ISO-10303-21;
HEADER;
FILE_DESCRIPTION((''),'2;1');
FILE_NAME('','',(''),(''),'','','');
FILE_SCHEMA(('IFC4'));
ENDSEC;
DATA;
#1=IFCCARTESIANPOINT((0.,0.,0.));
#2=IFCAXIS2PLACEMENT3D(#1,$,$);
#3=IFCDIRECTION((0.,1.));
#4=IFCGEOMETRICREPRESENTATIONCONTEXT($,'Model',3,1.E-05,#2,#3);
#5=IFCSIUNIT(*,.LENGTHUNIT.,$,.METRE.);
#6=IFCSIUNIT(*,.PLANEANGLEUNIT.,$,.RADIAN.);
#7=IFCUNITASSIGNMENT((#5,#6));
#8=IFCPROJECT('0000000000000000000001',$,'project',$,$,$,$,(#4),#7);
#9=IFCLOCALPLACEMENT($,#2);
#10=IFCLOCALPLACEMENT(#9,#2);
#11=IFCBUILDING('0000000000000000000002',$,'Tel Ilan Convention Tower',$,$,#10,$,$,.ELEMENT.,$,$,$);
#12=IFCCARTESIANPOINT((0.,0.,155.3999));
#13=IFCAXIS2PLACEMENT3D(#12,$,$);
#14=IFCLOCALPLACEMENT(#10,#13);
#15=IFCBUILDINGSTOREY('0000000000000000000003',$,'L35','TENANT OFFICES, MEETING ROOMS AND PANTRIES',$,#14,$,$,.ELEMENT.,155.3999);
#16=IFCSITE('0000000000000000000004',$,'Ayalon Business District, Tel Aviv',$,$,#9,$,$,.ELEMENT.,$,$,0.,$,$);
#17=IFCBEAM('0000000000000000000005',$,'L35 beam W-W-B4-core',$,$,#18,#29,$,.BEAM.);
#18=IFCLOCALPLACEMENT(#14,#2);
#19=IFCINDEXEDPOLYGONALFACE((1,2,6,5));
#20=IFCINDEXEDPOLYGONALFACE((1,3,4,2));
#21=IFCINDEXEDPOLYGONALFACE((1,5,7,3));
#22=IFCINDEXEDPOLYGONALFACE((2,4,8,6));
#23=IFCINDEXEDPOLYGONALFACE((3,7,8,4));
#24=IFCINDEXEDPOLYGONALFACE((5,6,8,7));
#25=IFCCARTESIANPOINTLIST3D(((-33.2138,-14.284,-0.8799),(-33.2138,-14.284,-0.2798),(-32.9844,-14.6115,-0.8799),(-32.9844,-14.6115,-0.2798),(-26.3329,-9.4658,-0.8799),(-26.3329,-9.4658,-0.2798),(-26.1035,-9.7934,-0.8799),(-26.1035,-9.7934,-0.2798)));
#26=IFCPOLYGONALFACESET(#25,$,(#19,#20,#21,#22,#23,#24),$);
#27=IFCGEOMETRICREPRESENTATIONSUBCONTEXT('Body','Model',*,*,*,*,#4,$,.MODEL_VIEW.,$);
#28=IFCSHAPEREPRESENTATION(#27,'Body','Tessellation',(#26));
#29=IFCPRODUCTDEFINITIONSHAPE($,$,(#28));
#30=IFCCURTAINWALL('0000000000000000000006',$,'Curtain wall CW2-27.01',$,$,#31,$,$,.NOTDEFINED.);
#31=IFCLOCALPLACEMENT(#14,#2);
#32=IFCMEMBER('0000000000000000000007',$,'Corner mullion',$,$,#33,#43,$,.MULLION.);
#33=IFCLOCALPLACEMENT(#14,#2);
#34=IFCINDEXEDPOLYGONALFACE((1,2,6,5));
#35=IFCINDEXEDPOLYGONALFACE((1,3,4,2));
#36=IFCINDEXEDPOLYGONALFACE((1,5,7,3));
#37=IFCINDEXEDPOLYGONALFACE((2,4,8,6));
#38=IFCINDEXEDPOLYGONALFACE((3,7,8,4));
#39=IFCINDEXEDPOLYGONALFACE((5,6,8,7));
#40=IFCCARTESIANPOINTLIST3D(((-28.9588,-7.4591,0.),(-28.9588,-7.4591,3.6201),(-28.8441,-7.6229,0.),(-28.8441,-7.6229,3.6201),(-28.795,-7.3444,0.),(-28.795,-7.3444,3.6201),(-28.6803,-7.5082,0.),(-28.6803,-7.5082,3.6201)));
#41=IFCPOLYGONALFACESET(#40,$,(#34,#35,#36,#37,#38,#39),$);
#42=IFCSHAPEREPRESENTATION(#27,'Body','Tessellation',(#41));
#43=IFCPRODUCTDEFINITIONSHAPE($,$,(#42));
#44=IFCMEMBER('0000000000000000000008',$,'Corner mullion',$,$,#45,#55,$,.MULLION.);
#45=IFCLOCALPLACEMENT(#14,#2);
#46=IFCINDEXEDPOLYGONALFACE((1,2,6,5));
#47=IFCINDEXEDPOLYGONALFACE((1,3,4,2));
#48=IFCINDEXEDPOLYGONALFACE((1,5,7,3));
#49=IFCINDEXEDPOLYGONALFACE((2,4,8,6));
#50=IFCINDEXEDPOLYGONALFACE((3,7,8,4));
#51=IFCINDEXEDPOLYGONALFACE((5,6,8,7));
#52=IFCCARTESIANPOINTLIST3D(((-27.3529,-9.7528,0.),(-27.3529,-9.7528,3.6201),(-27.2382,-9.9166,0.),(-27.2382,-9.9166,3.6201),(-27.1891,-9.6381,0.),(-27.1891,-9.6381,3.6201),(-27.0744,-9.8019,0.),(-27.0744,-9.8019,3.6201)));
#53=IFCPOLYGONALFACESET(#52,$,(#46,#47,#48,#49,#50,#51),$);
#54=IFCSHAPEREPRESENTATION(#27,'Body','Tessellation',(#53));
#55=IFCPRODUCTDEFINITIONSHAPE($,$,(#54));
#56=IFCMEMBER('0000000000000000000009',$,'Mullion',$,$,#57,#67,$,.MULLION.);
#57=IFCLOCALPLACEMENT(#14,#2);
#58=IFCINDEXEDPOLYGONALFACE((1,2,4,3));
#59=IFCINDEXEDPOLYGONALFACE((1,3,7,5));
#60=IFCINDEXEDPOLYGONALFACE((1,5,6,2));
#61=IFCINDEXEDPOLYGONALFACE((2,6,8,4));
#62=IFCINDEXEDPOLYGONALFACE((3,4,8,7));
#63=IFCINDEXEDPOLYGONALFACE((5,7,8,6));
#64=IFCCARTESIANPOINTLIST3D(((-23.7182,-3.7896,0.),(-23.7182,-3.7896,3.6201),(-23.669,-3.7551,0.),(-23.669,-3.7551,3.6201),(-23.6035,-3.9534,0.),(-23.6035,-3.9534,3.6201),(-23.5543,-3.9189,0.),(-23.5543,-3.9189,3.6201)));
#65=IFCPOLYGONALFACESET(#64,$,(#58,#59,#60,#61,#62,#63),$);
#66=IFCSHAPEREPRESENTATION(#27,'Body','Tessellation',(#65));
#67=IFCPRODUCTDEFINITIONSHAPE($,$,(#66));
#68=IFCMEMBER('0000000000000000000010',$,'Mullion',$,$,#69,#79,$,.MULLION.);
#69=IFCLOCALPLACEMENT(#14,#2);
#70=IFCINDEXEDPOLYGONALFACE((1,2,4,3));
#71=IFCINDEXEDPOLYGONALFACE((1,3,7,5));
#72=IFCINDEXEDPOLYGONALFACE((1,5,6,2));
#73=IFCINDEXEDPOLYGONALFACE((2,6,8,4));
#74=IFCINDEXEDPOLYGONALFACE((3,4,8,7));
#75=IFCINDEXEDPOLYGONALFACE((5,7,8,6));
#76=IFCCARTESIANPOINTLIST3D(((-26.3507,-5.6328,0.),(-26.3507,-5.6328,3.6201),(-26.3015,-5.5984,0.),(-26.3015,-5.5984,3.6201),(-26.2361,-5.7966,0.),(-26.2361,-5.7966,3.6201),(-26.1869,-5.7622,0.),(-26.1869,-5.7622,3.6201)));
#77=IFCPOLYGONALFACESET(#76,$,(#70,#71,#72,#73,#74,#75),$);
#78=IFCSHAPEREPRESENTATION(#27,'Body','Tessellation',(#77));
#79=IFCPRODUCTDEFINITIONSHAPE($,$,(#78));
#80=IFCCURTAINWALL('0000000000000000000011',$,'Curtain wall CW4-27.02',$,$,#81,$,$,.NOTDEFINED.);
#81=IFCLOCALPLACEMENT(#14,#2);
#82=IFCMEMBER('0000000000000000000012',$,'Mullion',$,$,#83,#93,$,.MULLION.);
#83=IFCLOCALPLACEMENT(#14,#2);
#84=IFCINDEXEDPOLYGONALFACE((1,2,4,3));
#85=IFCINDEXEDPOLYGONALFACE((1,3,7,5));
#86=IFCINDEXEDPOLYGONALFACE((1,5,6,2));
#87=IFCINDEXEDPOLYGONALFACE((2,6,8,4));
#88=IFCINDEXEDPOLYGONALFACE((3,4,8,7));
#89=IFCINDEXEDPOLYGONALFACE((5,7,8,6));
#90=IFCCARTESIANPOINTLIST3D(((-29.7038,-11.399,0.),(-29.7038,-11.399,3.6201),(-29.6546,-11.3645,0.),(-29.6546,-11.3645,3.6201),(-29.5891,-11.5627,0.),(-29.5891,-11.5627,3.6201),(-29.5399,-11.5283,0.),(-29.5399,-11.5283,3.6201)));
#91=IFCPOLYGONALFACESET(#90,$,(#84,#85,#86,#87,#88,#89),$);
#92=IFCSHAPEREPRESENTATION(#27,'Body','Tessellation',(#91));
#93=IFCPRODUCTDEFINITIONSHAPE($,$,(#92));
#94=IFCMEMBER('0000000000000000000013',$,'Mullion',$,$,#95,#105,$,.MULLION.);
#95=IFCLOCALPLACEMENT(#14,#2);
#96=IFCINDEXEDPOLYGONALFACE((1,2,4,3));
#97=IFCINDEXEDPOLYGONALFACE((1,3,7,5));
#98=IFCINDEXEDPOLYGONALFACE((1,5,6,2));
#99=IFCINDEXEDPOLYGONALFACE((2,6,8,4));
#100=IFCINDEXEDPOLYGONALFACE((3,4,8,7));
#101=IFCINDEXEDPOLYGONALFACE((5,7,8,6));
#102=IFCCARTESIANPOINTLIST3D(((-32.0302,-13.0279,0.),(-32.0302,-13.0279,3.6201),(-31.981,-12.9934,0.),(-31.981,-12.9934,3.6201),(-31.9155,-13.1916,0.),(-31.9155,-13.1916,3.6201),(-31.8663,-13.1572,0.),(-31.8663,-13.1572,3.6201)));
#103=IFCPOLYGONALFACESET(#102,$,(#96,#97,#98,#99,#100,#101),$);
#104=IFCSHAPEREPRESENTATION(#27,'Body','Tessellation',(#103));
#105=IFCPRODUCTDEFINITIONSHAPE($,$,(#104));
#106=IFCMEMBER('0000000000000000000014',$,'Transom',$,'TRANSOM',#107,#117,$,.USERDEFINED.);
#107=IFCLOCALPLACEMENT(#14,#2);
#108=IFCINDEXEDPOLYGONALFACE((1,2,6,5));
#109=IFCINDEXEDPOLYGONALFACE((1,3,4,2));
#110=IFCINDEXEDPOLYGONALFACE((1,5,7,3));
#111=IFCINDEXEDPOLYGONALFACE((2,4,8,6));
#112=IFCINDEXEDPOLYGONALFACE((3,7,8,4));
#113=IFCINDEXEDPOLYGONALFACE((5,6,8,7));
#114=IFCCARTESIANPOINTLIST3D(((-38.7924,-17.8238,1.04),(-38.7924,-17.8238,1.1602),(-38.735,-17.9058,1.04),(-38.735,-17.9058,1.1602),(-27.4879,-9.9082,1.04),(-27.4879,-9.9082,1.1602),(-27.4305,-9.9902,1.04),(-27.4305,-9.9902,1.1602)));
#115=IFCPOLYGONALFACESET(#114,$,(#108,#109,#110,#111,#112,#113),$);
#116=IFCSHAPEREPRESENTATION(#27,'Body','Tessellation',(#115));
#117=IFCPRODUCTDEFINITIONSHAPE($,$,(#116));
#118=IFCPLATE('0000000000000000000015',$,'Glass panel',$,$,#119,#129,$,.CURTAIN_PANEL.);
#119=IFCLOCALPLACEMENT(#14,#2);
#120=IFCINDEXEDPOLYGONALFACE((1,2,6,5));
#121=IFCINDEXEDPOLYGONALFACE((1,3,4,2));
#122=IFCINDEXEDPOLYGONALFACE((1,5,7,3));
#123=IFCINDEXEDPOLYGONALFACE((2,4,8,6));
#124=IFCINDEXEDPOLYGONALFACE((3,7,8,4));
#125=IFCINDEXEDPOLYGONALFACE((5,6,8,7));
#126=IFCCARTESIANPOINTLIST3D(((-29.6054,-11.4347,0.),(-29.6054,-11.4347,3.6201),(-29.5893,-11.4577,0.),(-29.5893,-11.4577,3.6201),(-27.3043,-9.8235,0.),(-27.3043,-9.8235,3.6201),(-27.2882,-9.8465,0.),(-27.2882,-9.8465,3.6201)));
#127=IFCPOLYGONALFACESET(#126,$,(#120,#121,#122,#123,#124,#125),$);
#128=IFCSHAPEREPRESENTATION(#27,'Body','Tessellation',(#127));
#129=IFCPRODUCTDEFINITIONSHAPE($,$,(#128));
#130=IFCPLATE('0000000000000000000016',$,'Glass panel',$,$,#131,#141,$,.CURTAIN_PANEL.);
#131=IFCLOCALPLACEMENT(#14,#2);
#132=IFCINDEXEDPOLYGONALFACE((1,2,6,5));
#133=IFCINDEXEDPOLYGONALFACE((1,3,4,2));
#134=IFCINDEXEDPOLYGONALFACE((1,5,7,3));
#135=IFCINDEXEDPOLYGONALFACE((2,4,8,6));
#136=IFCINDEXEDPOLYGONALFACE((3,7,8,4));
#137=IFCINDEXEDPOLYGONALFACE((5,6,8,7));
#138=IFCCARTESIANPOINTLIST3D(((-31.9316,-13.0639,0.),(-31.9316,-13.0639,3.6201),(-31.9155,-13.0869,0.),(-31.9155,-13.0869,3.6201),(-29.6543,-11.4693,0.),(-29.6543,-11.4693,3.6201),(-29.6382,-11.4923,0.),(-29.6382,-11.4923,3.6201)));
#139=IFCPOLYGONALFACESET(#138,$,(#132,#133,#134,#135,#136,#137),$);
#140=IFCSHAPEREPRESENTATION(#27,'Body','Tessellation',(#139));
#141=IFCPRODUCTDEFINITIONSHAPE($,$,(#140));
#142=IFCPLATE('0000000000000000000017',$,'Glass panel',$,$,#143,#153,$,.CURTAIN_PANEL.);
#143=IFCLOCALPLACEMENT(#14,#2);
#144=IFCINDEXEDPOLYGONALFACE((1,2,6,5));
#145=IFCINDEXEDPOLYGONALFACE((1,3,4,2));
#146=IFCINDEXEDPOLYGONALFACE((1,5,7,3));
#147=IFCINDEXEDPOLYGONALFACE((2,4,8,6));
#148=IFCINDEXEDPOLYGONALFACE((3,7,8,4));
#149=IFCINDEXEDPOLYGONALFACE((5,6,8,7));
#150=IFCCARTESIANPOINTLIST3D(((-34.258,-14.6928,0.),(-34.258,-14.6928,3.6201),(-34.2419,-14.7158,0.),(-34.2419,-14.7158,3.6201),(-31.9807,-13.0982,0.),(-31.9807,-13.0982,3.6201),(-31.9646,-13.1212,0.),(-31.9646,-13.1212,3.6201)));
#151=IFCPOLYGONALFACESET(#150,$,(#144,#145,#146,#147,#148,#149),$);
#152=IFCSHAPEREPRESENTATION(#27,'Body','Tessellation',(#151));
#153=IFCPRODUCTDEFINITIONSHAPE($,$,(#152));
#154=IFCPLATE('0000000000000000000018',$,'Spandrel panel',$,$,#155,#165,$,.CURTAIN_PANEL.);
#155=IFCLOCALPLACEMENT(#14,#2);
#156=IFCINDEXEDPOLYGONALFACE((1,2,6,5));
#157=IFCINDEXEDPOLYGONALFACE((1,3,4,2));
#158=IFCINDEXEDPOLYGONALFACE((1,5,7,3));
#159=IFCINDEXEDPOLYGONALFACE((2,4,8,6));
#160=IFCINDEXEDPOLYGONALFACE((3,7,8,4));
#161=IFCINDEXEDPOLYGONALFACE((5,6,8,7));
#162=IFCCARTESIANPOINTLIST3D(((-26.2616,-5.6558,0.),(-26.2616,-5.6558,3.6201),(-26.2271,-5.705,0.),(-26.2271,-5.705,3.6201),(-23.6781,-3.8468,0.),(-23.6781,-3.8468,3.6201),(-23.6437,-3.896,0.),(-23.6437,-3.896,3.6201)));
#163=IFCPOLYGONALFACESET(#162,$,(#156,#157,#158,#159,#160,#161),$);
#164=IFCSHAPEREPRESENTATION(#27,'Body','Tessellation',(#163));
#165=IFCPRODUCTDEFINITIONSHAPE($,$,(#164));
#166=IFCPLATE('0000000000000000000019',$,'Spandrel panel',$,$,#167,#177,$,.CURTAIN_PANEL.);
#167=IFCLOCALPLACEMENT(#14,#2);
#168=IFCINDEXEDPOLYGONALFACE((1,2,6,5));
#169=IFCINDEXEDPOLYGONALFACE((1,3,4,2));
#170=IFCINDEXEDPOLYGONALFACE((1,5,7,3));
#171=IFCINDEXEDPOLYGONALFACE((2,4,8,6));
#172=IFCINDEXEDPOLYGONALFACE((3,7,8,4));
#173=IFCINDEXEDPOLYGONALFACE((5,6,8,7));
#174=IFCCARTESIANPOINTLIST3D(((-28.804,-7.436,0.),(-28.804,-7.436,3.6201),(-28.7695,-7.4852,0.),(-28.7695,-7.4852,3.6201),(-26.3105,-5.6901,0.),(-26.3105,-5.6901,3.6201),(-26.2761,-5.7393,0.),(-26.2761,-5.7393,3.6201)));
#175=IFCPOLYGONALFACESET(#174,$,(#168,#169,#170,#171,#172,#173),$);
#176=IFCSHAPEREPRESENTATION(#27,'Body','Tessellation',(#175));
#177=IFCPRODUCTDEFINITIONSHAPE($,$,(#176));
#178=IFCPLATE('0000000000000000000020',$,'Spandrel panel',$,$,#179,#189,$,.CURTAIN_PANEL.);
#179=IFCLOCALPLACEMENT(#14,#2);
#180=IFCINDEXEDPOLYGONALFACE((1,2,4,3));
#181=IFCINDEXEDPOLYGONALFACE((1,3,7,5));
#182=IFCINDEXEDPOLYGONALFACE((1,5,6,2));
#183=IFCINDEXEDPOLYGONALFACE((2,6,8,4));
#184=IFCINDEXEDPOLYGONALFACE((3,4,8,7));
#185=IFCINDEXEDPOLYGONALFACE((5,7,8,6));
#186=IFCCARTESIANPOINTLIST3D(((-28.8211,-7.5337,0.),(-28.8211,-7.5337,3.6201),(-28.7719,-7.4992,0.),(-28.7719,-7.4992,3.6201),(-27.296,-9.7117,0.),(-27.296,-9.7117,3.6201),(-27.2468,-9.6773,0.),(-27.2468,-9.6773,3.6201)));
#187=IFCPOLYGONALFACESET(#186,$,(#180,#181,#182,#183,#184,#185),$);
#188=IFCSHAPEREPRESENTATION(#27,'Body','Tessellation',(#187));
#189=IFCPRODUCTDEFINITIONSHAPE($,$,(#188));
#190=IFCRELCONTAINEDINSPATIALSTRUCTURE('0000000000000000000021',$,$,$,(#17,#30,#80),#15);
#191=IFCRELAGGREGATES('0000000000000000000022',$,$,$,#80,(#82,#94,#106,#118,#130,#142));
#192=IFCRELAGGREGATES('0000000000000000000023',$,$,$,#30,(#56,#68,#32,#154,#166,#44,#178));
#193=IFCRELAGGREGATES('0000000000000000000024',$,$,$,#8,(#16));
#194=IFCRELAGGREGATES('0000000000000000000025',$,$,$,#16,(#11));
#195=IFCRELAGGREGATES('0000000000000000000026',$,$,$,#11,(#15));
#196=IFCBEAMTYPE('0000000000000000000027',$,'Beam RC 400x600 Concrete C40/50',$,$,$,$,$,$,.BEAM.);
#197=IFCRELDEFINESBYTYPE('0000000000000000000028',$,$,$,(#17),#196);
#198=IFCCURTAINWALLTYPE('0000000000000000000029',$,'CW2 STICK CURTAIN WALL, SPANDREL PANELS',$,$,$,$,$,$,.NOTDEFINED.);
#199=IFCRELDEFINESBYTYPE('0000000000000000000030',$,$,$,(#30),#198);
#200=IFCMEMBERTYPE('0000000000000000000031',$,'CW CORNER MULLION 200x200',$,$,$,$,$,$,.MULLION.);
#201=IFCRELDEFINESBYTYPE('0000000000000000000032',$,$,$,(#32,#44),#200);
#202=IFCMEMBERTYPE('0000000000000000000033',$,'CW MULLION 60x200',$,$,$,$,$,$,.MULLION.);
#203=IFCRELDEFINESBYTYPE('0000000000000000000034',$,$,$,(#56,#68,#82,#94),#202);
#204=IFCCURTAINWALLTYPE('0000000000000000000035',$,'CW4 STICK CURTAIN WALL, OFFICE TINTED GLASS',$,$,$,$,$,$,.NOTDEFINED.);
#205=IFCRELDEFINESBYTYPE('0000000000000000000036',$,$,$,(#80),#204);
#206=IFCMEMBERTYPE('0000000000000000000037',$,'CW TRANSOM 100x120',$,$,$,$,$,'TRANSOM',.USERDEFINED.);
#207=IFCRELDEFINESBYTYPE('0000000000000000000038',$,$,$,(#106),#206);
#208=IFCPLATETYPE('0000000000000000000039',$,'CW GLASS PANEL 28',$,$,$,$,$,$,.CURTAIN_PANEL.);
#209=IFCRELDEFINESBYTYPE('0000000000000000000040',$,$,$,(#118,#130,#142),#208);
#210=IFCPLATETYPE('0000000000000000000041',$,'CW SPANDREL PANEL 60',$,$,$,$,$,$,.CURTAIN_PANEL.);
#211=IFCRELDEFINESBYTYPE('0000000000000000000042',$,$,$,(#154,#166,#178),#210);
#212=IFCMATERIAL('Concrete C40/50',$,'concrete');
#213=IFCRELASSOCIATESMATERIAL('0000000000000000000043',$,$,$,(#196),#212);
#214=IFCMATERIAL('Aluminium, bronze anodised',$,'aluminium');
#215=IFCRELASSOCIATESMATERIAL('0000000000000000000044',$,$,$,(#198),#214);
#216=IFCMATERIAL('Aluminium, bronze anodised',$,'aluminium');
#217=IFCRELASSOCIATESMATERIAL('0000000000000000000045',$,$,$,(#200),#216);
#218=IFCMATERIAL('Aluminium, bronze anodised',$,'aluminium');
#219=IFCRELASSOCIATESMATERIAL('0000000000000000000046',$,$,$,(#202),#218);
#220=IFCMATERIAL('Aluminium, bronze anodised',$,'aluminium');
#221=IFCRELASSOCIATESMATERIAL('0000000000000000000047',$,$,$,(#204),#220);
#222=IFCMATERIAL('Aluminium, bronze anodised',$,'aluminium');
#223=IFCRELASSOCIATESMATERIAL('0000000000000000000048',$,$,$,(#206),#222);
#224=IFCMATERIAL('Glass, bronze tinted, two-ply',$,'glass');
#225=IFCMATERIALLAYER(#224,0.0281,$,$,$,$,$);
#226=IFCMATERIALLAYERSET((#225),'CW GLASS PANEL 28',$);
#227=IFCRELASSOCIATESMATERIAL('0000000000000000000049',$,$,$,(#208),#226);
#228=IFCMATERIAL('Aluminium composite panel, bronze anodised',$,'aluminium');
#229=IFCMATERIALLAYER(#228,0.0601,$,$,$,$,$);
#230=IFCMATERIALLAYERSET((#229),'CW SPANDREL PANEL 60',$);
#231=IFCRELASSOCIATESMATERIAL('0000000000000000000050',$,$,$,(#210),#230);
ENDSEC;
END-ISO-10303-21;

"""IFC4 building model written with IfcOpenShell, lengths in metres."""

from ifc_helpers import new_model, si_unit, direction, frame, origin, origin_2d, place, context, subcontext, project, spatial, rectangle, extrude, material, layer, layer_set, material_profile, profile_set, type_object, element, aggregate, save


model = new_model("IFC4")

# Units and contexts
model_context = context("Model", 3, precision=1e-05, world=origin(), true_north=direction((0.0, 1.0)))
body_context = subcontext(model_context, "Body", "Model", "MODEL_VIEW")
ifc_project = project(units=[si_unit("LENGTHUNIT", "METRE"), si_unit("PLANEANGLEUNIT", "RADIAN")], contexts=[model_context])

# Site, building, storey
site_placement = place(None, origin())
site = spatial("IfcSite", under=ifc_project, at=site_placement, Name="Ayalon Business District, Tel Aviv", CompositionType="ELEMENT", RefElevation=0.0)
building_placement = place(site_placement, origin())
building = spatial("IfcBuilding", under=site, at=building_placement, Name="Tel Ilan Convention Tower", CompositionType="ELEMENT")
storey_placement = place(building_placement, frame((0.0, 0.0, 155.3999)))
storey = spatial("IfcBuildingStorey", under=building, at=storey_placement, Name="L35", Description="TENANT OFFICES, MEETING ROOMS AND PANTRIES", CompositionType="ELEMENT", Elevation=155.3999)

# Beam
ifc_material_1 = material(Name="Concrete C40/50", Category="concrete")
ifc_material_profile_1 = material_profile(ifc_material_1, rectangle(XDim=0.3999, YDim=0.6001, at=origin_2d()), Name="RC 400x600")
ifc_profile_set_1 = profile_set([ifc_material_profile_1], Name="Concrete C40/50")
beam_type = type_object("IfcBeamType", Name="Beam RC 400x600 Concrete C40/50", PredefinedType="BEAM", material=ifc_profile_set_1)
beam_placement = place(storey_placement, frame((-33.0991, -14.4478, -0.5798), z_axis=(0.819147, 0.573583, 0.0), x_axis=(-0.573583, 0.819147, 0.0)))
element("IfcBeam", 1, at=beam_placement, inside=storey, type_object=beam_type, Name="L35 beam W-W-B4-core", PredefinedType="BEAM", context=body_context, shape_type="SweptSolid", body=[
    extrude(rectangle(XDim=0.3999, YDim=0.6001, at=origin_2d()), origin(), (0.0, 0.0, 1.0), 8.4001),
])

# Curtain wall, members
ifc_material_2 = material(Name="Aluminium, bronze anodised", Category="aluminium")
curtain_wall_type_1 = type_object("IfcCurtainWallType", Name="CW2 STICK CURTAIN WALL, SPANDREL PANELS", PredefinedType="NOTDEFINED", material=ifc_material_2)
curtain_wall_1_placement = place(storey_placement, origin())
curtain_wall_1 = element("IfcCurtainWall", 2, at=curtain_wall_1_placement, inside=storey, type_object=curtain_wall_type_1, Name="Curtain wall CW2-27.01", PredefinedType="NOTDEFINED")
ifc_material_3 = material(Name="Aluminium, bronze anodised", Category="aluminium")
ifc_material_profile_2 = material_profile(ifc_material_3, rectangle(XDim=0.2, YDim=0.2, at=origin_2d()), Name="CW CORNER MULLION 200x200")
ifc_profile_set_2 = profile_set([ifc_material_profile_2], Name="Aluminium, bronze anodised")
member_type_1 = type_object("IfcMemberType", Name="CW CORNER MULLION 200x200", PredefinedType="MULLION", material=ifc_profile_set_2)
member_1_placement = place(storey_placement, frame((-28.8196, -7.4836, 0.0), z_axis=(0.0, 0.0, 1.0), x_axis=(-0.819152, -0.573576, 0.0)))
member_1 = element("IfcMember", 3, at=member_1_placement, type_object=member_type_1, Name="Corner mullion", PredefinedType="MULLION", context=body_context, shape_type="SweptSolid", body=[
    extrude(rectangle(XDim=0.2, YDim=0.2, at=origin_2d()), origin(), (0.0, 0.0, 1.0), 3.6201),
])
member_2_placement = place(storey_placement, frame((-27.2136, -9.7773, 0.0), z_axis=(0.0, 0.0, 1.0), x_axis=(0.573576, -0.819152, 0.0)))
member_2 = element("IfcMember", 4, at=member_2_placement, type_object=member_type_1, Name="Corner mullion", PredefinedType="MULLION", context=body_context, shape_type="SweptSolid", body=[
    extrude(rectangle(XDim=0.2, YDim=0.2, at=origin_2d()), origin(), (0.0, 0.0, 1.0), 3.6201),
])
ifc_material_4 = material(Name="Aluminium, bronze anodised", Category="aluminium")
ifc_material_profile_3 = material_profile(ifc_material_4, rectangle(XDim=0.0601, YDim=0.2, at=origin_2d()), Name="CW MULLION 60x200")
ifc_profile_set_3 = profile_set([ifc_material_profile_3], Name="Aluminium, bronze anodised")
member_type_2 = type_object("IfcMemberType", Name="CW MULLION 60x200", PredefinedType="MULLION", material=ifc_profile_set_3)
member_3_placement = place(storey_placement, frame((-23.6362, -3.8542, 0.0), z_axis=(0.0, 0.0, 1.0), x_axis=(-0.819152, -0.573576, 0.0)))
member_3 = element("IfcMember", 5, at=member_3_placement, type_object=member_type_2, Name="Mullion", PredefinedType="MULLION", context=body_context, shape_type="SweptSolid", body=[
    extrude(rectangle(XDim=0.0601, YDim=0.2, at=origin_2d()), origin(), (0.0, 0.0, 1.0), 3.6201),
])
member_4_placement = place(storey_placement, frame((-26.2688, -5.6975, 0.0), z_axis=(0.0, 0.0, 1.0), x_axis=(-0.819152, -0.573576, 0.0)))
member_4 = element("IfcMember", 6, at=member_4_placement, type_object=member_type_2, Name="Mullion", PredefinedType="MULLION", context=body_context, shape_type="SweptSolid", body=[
    extrude(rectangle(XDim=0.0601, YDim=0.2, at=origin_2d()), origin(), (0.0, 0.0, 1.0), 3.6201),
])

# Curtain wall, members, plates
ifc_material_5 = material(Name="Aluminium, bronze anodised", Category="aluminium")
curtain_wall_type_2 = type_object("IfcCurtainWallType", Name="CW4 STICK CURTAIN WALL, OFFICE TINTED GLASS", PredefinedType="NOTDEFINED", material=ifc_material_5)
curtain_wall_2_placement = place(storey_placement, origin())
curtain_wall_2 = element("IfcCurtainWall", 7, at=curtain_wall_2_placement, inside=storey, type_object=curtain_wall_type_2, Name="Curtain wall CW4-27.02", PredefinedType="NOTDEFINED")
member_5_placement = place(storey_placement, frame((-29.6218, -11.4636, 0.0), z_axis=(0.0, 0.0, 1.0), x_axis=(-0.819152, -0.573576, 0.0)))
member_5 = element("IfcMember", 8, at=member_5_placement, type_object=member_type_2, Name="Mullion", PredefinedType="MULLION", context=body_context, shape_type="SweptSolid", body=[
    extrude(rectangle(XDim=0.0601, YDim=0.2, at=origin_2d()), origin(), (0.0, 0.0, 1.0), 3.6201),
])
member_6_placement = place(storey_placement, frame((-31.9482, -13.0925, 0.0), z_axis=(0.0, 0.0, 1.0), x_axis=(-0.819152, -0.573576, 0.0)))
member_6 = element("IfcMember", 9, at=member_6_placement, type_object=member_type_2, Name="Mullion", PredefinedType="MULLION", context=body_context, shape_type="SweptSolid", body=[
    extrude(rectangle(XDim=0.0601, YDim=0.2, at=origin_2d()), origin(), (0.0, 0.0, 1.0), 3.6201),
])
ifc_material_6 = material(Name="Aluminium, bronze anodised", Category="aluminium")
ifc_material_profile_4 = material_profile(ifc_material_6, rectangle(XDim=0.1001, YDim=0.1201, at=origin_2d()), Name="CW TRANSOM 100x120")
ifc_profile_set_4 = profile_set([ifc_material_profile_4], Name="Aluminium, bronze anodised")
member_type_3 = type_object("IfcMemberType", Name="CW TRANSOM 100x120", ElementType="TRANSOM", PredefinedType="USERDEFINED", material=ifc_profile_set_4)
member_7_placement = place(storey_placement, frame((-27.4592, -9.9492, 1.1001), z_axis=(-0.81915, -0.57358, 0.0), x_axis=(0.57358, -0.81915, 0.0)))
member_7 = element("IfcMember", 10, at=member_7_placement, type_object=member_type_3, Name="Transom", ObjectType="TRANSOM", PredefinedType="USERDEFINED", context=body_context, shape_type="SweptSolid", body=[
    extrude(rectangle(XDim=0.1001, YDim=0.1201, at=origin_2d()), origin(), (0.0, 0.0, 1.0), 13.8003),
])
ifc_material_7 = material(Name="Glass, bronze tinted, two-ply", Category="glass")
ifc_layer_1 = layer(ifc_material_7, 0.0281)
ifc_layer_set_1 = layer_set([ifc_layer_1], Name="CW GLASS PANEL 28")
plate_type_1 = type_object("IfcPlateType", Name="CW GLASS PANEL 28", PredefinedType="CURTAIN_PANEL", material=ifc_layer_set_1)
plate_1_placement = place(storey_placement, frame((-28.4468, -10.6406, 0.0), z_axis=(0.0, 0.0, 1.0), x_axis=(-0.819152, -0.573576, 0.0)))
plate_1 = element("IfcPlate", 11, at=plate_1_placement, type_object=plate_type_1, Name="Glass panel", PredefinedType="CURTAIN_PANEL", context=body_context, shape_type="SweptSolid", body=[
    extrude(rectangle(XDim=2.8091, YDim=0.0281, at=origin_2d()), origin(), (0.0, 0.0, 1.0), 3.6201),
])
plate_2_placement = place(storey_placement, frame((-30.7849, -12.2781, 0.0), z_axis=(0.0, 0.0, 1.0), x_axis=(-0.819152, -0.573576, 0.0)))
plate_2 = element("IfcPlate", 12, at=plate_2_placement, type_object=plate_type_1, Name="Glass panel", PredefinedType="CURTAIN_PANEL", context=body_context, shape_type="SweptSolid", body=[
    extrude(rectangle(XDim=2.78, YDim=0.0281, at=origin_2d()), origin(), (0.0, 0.0, 1.0), 3.6201),
])
plate_3_placement = place(storey_placement, frame((-33.1113, -13.907, 0.0), z_axis=(0.0, 0.0, 1.0), x_axis=(-0.819152, -0.573576, 0.0)))
plate_3 = element("IfcPlate", 13, at=plate_3_placement, type_object=plate_type_1, Name="Glass panel", PredefinedType="CURTAIN_PANEL", context=body_context, shape_type="SweptSolid", body=[
    extrude(rectangle(XDim=2.78, YDim=0.0281, at=origin_2d()), origin(), (0.0, 0.0, 1.0), 3.6201),
])
aggregate(curtain_wall_2, [member_5, member_6, member_7, plate_1, plate_2, plate_3])

# Plates
ifc_material_8 = material(Name="Aluminium composite panel, bronze anodised", Category="aluminium")
ifc_layer_2 = layer(ifc_material_8, 0.0601)
ifc_layer_set_2 = layer_set([ifc_layer_2], Name="CW SPANDREL PANEL 60")
plate_type_2 = type_object("IfcPlateType", Name="CW SPANDREL PANEL 60", PredefinedType="CURTAIN_PANEL", material=ifc_layer_set_2)
plate_4_placement = place(storey_placement, frame((-24.9526, -4.7759, 0.0), z_axis=(0.0, 0.0, 1.0), x_axis=(-0.819152, -0.573576, 0.0)))
plate_4 = element("IfcPlate", 14, at=plate_4_placement, type_object=plate_type_2, Name="Spandrel panel", PredefinedType="CURTAIN_PANEL", context=body_context, shape_type="SweptSolid", body=[
    extrude(rectangle(XDim=3.1538, YDim=0.0601, at=origin_2d()), origin(), (0.0, 0.0, 1.0), 3.6201),
])
plate_5_placement = place(storey_placement, frame((-27.54, -6.5876, 0.0), z_axis=(0.0, 0.0, 1.0), x_axis=(-0.819152, -0.573576, 0.0)))
plate_5 = element("IfcPlate", 15, at=plate_5_placement, type_object=plate_type_2, Name="Spandrel panel", PredefinedType="CURTAIN_PANEL", context=body_context, shape_type="SweptSolid", body=[
    extrude(rectangle(XDim=3.0439, YDim=0.0601, at=origin_2d()), origin(), (0.0, 0.0, 1.0), 3.6201),
])
plate_6_placement = place(storey_placement, frame((-28.0339, -8.6055, 0.0), z_axis=(0.0, 0.0, 1.0), x_axis=(0.573576, -0.819152, 0.0)))
plate_6 = element("IfcPlate", 16, at=plate_6_placement, type_object=plate_type_2, Name="Spandrel panel", PredefinedType="CURTAIN_PANEL", context=body_context, shape_type="SweptSolid", body=[
    extrude(rectangle(XDim=2.6589, YDim=0.0601, at=origin_2d()), origin(), (0.0, 0.0, 1.0), 3.6201),
])
aggregate(curtain_wall_1, [member_3, member_4, member_1, plate_4, plate_5, member_2, plate_6])

save(model, "model.ifc")
